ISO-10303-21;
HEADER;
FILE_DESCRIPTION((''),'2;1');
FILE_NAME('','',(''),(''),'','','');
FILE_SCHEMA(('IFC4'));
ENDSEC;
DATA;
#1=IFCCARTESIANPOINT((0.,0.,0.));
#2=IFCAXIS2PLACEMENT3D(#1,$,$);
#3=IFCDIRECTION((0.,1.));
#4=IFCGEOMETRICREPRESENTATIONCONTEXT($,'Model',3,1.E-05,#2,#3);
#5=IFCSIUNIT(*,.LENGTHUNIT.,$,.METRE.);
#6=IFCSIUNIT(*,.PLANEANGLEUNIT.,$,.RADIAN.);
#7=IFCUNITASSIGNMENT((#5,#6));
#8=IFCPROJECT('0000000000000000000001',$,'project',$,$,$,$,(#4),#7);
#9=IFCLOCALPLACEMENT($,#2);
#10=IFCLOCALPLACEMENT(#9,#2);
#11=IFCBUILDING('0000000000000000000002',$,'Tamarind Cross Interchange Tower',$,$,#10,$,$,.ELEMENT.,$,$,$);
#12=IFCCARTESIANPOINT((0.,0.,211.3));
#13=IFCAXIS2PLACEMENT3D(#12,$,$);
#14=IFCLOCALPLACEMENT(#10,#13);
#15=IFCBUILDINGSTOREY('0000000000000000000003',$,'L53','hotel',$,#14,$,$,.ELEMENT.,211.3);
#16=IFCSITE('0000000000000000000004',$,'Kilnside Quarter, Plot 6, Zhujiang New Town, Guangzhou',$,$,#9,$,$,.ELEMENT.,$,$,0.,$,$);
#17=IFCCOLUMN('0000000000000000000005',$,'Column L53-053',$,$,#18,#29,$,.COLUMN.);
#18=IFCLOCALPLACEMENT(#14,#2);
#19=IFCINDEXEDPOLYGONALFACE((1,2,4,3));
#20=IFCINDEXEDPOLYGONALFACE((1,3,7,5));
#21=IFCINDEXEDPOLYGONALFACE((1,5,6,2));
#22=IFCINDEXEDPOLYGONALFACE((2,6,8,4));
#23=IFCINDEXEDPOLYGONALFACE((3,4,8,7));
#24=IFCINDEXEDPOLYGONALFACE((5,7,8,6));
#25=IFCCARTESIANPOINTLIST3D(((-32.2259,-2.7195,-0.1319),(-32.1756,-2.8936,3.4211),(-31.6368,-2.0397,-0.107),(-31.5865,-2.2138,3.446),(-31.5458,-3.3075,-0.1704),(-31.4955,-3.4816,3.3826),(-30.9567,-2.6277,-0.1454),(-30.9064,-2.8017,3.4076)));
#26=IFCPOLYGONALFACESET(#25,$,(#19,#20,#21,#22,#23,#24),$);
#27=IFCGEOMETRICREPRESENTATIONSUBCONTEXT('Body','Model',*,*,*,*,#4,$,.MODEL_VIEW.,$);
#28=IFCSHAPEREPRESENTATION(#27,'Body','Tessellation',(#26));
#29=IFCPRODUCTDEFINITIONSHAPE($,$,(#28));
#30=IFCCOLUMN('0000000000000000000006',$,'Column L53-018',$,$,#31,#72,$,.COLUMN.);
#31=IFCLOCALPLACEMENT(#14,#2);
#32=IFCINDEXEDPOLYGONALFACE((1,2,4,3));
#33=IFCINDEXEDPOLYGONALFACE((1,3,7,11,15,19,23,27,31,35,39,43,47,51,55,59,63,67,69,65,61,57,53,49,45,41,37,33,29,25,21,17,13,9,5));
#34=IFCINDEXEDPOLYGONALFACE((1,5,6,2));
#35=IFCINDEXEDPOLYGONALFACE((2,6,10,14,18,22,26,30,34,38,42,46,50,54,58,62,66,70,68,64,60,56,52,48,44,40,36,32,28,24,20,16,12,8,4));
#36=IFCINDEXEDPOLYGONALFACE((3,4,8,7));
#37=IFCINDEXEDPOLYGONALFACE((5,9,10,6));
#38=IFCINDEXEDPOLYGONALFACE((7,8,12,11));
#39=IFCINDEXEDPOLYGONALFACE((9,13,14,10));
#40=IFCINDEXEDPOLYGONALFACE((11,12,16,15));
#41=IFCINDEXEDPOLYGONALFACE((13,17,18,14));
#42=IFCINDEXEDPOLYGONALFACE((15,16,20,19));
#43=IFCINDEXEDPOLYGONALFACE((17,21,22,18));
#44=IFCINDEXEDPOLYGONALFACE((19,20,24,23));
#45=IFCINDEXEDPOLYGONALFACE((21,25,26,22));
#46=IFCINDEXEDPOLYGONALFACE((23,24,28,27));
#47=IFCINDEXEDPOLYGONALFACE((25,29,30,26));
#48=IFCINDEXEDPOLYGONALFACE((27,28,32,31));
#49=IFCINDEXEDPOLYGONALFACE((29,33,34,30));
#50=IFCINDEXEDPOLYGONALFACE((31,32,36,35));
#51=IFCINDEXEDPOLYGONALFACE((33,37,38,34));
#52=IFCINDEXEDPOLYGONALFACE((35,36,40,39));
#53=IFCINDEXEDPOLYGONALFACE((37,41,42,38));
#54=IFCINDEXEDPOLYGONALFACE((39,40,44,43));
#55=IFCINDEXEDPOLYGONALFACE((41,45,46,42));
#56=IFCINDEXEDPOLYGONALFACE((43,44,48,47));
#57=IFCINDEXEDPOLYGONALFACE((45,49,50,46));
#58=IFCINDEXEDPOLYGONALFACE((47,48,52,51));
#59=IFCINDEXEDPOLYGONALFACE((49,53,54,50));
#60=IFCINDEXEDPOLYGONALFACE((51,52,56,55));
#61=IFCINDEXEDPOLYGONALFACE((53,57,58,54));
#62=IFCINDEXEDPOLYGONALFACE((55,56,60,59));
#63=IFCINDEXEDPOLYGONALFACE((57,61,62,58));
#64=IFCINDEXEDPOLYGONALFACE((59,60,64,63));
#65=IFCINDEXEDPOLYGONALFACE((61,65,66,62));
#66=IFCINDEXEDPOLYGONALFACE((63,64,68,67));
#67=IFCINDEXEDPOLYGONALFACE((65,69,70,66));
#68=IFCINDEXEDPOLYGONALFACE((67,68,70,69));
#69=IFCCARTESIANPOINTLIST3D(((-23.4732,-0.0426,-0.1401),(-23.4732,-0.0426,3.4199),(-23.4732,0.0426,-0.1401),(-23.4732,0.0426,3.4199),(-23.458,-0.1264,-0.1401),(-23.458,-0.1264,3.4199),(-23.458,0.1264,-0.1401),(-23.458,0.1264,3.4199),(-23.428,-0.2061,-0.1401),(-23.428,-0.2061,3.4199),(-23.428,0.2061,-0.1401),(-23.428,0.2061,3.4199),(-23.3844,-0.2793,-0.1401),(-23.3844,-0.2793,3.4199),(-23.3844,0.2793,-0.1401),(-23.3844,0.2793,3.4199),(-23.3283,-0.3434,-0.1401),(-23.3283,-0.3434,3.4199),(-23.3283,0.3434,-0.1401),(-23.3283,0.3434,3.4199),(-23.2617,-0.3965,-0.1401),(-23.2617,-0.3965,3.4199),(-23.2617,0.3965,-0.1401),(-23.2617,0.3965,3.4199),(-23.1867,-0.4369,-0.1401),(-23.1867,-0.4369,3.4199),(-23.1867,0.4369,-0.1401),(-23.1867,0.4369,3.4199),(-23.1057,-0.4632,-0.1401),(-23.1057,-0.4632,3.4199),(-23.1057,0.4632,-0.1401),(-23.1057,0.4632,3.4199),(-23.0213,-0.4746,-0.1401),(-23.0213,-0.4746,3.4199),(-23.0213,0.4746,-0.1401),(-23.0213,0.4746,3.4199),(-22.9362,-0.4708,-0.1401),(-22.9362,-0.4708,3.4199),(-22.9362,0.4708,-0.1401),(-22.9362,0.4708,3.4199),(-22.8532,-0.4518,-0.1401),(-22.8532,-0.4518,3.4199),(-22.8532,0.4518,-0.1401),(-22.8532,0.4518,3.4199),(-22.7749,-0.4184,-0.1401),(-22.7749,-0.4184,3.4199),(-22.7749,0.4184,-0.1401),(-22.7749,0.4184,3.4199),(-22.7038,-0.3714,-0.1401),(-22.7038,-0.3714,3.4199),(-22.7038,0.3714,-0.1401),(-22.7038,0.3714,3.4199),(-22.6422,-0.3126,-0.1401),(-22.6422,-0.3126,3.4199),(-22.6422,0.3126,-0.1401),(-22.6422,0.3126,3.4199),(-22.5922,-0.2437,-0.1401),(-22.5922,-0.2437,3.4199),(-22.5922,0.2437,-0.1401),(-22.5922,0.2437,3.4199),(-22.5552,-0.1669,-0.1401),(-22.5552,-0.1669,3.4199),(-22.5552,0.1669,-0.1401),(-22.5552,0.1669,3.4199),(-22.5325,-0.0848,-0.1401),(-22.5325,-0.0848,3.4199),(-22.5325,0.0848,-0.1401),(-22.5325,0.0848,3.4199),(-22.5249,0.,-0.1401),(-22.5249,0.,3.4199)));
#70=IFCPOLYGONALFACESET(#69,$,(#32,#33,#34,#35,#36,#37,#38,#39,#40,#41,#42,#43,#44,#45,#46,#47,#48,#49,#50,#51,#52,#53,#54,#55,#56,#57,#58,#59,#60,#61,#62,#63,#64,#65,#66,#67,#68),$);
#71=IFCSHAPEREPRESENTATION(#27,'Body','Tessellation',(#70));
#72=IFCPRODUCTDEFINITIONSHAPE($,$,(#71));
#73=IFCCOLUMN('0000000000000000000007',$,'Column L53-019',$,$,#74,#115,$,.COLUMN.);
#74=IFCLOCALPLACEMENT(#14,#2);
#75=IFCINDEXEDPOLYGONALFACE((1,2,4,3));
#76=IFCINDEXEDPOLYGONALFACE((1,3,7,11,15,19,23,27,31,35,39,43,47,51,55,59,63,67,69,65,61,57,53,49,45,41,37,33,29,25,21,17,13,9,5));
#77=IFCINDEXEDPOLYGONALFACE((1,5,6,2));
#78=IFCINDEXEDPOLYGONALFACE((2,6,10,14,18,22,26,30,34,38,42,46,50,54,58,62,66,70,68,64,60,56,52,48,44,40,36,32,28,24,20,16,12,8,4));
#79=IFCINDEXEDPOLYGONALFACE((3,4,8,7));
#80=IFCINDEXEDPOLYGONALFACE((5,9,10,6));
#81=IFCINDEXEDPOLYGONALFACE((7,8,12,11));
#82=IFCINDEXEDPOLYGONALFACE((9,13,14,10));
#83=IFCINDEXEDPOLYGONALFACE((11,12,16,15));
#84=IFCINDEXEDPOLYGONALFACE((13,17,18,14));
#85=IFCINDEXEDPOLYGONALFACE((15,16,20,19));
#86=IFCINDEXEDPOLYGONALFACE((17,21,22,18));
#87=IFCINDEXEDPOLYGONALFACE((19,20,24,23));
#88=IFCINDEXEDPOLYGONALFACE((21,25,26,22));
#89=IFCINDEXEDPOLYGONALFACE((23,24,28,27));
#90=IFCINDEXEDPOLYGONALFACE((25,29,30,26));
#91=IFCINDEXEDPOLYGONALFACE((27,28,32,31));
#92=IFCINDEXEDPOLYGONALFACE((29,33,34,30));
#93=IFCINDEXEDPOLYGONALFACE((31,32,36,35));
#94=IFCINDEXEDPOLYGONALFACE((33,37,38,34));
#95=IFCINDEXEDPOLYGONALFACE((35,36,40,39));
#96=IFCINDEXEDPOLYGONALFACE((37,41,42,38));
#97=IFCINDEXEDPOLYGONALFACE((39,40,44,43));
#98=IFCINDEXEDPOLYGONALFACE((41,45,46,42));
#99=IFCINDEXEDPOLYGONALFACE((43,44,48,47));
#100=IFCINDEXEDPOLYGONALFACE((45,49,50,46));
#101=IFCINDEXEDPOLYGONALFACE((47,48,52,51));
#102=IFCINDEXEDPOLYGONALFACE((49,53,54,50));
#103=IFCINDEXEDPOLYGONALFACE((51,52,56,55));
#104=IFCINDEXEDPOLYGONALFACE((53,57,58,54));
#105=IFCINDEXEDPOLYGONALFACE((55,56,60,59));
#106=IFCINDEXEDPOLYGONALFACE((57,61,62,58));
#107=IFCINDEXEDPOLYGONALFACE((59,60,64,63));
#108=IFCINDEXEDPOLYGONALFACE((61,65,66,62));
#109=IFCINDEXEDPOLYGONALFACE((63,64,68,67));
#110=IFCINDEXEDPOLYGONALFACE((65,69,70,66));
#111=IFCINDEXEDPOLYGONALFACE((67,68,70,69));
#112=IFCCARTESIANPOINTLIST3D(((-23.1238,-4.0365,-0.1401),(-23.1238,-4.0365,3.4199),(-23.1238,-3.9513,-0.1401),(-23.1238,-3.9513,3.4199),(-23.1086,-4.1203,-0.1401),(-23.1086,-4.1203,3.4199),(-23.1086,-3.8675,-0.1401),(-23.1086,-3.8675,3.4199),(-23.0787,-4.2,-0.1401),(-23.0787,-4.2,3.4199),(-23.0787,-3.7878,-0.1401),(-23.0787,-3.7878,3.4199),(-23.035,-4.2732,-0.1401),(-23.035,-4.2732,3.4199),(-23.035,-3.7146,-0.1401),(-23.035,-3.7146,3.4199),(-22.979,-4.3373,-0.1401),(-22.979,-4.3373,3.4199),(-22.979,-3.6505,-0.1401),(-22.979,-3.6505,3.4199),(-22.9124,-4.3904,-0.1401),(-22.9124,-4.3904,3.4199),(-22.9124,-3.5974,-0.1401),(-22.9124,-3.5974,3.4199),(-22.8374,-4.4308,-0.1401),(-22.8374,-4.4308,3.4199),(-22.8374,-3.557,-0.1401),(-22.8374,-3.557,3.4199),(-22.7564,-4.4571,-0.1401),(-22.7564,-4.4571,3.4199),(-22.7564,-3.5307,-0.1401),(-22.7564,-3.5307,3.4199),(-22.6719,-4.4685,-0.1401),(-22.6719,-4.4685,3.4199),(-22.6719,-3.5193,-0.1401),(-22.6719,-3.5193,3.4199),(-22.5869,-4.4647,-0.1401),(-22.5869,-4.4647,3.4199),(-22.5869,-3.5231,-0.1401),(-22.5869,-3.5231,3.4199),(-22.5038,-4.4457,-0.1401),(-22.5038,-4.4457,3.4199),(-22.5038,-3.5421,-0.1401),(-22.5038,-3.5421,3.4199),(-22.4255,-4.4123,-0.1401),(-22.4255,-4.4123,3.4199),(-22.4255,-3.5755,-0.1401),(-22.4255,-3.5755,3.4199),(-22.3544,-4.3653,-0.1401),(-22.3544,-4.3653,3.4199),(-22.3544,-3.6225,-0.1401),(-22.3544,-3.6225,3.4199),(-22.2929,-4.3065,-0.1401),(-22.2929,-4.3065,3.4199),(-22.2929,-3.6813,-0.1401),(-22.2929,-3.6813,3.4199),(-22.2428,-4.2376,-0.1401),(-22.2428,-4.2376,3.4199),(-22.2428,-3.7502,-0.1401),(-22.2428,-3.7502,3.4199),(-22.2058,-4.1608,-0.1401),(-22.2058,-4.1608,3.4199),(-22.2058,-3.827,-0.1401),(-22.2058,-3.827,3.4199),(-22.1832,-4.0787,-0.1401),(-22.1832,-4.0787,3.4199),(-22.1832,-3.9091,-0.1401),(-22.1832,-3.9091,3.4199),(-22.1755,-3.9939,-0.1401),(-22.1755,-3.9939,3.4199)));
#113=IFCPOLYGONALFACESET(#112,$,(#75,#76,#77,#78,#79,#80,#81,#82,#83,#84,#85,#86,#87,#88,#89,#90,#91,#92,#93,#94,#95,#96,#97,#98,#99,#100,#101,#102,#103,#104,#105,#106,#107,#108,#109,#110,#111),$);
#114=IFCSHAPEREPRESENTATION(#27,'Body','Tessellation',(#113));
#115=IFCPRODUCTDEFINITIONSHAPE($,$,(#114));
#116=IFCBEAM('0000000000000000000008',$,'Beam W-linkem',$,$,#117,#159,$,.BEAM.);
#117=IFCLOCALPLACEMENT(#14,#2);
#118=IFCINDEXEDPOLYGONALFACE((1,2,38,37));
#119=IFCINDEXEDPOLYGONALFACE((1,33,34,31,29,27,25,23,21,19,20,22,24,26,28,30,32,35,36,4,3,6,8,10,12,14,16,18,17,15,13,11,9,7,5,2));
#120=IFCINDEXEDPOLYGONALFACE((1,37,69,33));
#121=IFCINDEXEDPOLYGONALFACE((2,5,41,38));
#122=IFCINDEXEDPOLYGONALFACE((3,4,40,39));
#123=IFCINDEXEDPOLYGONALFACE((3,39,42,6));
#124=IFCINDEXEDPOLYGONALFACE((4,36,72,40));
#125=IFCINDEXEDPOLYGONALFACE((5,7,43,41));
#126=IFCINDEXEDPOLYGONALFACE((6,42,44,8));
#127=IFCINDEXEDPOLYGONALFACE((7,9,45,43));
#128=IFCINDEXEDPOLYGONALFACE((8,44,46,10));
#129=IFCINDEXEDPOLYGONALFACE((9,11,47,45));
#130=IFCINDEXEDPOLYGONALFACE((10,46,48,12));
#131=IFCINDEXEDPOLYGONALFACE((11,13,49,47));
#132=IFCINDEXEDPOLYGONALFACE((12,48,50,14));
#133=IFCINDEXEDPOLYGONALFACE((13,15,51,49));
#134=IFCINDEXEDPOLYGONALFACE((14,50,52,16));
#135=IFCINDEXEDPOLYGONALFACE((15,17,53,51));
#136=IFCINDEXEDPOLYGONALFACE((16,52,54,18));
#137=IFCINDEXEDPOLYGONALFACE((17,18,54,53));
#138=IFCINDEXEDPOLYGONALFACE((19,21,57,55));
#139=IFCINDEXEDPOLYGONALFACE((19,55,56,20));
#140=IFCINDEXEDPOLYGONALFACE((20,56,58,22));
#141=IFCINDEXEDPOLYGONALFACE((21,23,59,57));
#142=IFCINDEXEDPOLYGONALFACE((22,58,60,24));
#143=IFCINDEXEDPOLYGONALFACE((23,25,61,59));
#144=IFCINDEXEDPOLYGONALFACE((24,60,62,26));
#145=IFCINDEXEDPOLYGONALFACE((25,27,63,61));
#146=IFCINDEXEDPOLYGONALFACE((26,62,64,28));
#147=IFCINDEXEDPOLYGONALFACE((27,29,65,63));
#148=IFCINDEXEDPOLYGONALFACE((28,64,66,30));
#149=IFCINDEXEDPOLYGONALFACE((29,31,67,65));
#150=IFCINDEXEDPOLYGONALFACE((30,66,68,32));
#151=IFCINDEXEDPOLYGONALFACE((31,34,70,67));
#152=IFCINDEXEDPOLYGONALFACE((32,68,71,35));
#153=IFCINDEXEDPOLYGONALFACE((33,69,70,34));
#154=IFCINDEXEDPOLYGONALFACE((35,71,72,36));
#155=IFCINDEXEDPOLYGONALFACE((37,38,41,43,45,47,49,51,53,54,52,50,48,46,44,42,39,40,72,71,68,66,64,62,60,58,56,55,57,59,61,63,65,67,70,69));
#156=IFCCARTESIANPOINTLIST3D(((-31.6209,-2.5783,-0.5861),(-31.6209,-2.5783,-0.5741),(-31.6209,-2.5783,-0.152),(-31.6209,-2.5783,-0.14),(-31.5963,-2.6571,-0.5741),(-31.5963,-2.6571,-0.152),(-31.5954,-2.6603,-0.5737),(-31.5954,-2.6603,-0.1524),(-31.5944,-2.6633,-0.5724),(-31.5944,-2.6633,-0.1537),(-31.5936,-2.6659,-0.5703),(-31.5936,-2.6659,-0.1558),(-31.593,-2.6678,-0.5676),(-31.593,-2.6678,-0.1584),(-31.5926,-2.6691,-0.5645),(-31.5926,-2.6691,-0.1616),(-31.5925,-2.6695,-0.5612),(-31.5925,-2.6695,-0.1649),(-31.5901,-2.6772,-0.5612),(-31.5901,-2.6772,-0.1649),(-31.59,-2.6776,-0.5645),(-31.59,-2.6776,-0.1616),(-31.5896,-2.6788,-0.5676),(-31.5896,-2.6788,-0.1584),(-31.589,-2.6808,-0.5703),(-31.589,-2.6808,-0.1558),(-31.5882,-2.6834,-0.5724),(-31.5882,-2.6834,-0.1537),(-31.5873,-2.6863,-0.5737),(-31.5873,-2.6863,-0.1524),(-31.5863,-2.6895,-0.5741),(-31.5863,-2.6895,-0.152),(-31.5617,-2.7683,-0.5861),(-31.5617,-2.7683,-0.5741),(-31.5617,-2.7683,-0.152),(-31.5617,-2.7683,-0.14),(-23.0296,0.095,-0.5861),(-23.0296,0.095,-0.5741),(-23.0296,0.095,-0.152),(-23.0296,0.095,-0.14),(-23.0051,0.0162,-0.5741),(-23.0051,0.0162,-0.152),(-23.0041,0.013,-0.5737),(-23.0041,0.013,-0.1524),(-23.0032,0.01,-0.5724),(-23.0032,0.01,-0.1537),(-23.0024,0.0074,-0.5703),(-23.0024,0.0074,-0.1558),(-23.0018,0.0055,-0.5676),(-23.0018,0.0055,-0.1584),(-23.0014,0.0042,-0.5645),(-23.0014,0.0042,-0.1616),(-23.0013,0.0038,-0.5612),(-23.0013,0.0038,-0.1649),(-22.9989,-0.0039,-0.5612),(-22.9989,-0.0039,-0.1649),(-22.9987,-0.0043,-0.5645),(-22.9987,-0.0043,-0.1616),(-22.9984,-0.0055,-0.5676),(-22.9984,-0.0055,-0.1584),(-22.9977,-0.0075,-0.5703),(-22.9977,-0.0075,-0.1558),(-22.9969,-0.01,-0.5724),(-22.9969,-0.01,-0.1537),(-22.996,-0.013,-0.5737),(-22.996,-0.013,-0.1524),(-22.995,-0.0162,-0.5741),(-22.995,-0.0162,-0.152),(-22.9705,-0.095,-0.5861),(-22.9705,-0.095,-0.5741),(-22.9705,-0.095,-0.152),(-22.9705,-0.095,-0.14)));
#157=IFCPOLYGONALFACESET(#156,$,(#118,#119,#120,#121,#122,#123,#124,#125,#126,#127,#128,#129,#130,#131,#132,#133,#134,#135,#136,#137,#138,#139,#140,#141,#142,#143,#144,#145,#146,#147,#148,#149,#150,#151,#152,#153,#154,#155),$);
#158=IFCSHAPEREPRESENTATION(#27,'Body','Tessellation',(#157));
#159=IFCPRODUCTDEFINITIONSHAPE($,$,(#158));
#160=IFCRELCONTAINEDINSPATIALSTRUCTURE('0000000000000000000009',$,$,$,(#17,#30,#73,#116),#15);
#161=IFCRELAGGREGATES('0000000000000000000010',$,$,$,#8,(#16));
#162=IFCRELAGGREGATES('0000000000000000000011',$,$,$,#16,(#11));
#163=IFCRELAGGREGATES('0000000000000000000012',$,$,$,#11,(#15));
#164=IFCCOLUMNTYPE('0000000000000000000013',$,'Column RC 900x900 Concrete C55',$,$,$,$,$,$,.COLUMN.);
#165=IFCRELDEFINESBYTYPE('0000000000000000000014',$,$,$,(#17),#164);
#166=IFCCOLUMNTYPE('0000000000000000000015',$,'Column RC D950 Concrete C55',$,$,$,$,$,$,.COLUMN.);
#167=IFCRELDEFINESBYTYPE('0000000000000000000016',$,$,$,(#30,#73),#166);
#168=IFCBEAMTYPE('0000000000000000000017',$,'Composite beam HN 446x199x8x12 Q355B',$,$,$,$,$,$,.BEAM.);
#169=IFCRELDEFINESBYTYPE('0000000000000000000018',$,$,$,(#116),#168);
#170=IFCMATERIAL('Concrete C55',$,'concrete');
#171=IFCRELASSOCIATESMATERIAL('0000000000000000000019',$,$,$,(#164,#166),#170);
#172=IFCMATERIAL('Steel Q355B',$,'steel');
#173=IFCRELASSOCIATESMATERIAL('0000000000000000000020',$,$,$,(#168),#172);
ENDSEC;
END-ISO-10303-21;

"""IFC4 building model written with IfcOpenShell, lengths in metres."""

from ifc_helpers import new_model, si_unit, direction, frame, origin, origin_2d, place, context, subcontext, project, spatial, rectangle, circle, i_section, extrude, material, material_profile, profile_set, type_object, element, save


model = new_model("IFC4")

# Units and contexts
model_context = context("Model", 3, precision=1e-05, world=origin(), true_north=direction((0.0, 1.0)))
body_context = subcontext(model_context, "Body", "Model", "MODEL_VIEW")
ifc_project = project(units=[si_unit("LENGTHUNIT", "METRE"), si_unit("PLANEANGLEUNIT", "RADIAN")], contexts=[model_context])

# Site, building, storey
site_placement = place(None, origin())
site = spatial("IfcSite", under=ifc_project, at=site_placement, Name="Kilnside Quarter, Plot 6, Zhujiang New Town, Guangzhou", CompositionType="ELEMENT", RefElevation=0.0)
building_placement = place(site_placement, origin())
building = spatial("IfcBuilding", under=site, at=building_placement, Name="Tamarind Cross Interchange Tower", CompositionType="ELEMENT")
storey_placement = place(building_placement, frame((0.0, 0.0, 211.3)))
storey = spatial("IfcBuildingStorey", under=building, at=storey_placement, Name="L53", Description="hotel", CompositionType="ELEMENT", Elevation=211.3)

# Columns
ifc_material_1 = material(Name="Concrete C55", Category="concrete")
ifc_material_profile_1 = material_profile(ifc_material_1, rectangle(XDim=0.8999, YDim=0.8999, at=origin_2d()), Name="RC 900x900")
ifc_profile_set_1 = profile_set([ifc_material_profile_1], Name="Concrete C55")
column_type_1 = type_object("IfcColumnType", Name="Column RC 900x900 Concrete C55", PredefinedType="COLUMN", material=ifc_profile_set_1)
column_placement = place(storey_placement, frame((-31.5913, -2.6736, -0.1387), z_axis=(0.014137, -0.04893, 0.998702), x_axis=(0.654632, 0.755439, 0.027745)))
element("IfcColumn", 1, at=column_placement, inside=storey, type_object=column_type_1, Name="Column L53-053", PredefinedType="COLUMN", context=body_context, shape_type="SweptSolid", body=[
    extrude(rectangle(XDim=0.8999, YDim=0.8999, at=origin_2d()), origin(), (0.0, 0.0, 1.0), 3.5576),
])
ifc_material_profile_2 = material_profile(ifc_material_1, circle(Radius=0.4751, at=origin_2d()), Name="RC D950")
ifc_profile_set_2 = profile_set([ifc_material_profile_2], Name="Concrete C55")
column_type_2 = type_object("IfcColumnType", Name="Column RC D950 Concrete C55", PredefinedType="COLUMN", material=ifc_profile_set_2)
for number, where, z_axis, x_axis, name in (
    (2, (-23.0, 0.0, -0.1401), (0.0, 0.0, 1.0), (1.0, 0.0, 0.0), "Column L53-018"),
    (3, (-22.6506, -3.9939, -0.1401), (0.0, 0.0, 1.0), (1.0, 0.0, 0.0), "Column L53-019"),
):
    element("IfcColumn", number, at=place(storey_placement, frame(where, z_axis=z_axis, x_axis=x_axis)), inside=storey, type_object=column_type_2, Name=name, PredefinedType="COLUMN", context=body_context, shape_type="SweptSolid", body=[
        extrude(circle(Radius=0.4751, at=origin_2d()), origin(), (0.0, 0.0, 1.0), 3.5601),
    ])

# Beam
ifc_material_2 = material(Name="Steel Q355B", Category="steel")
ifc_material_profile_3 = material_profile(ifc_material_2, i_section(OverallWidth=0.199, OverallDepth=0.446, WebThickness=0.0081, FlangeThickness=0.012, FilletRadius=0.0129, at=origin_2d()), Name="HN 446x199x8x12")
ifc_profile_set_3 = profile_set([ifc_material_profile_3], Name="Steel Q355B")
beam_type_1 = type_object("IfcBeamType", Name="Composite beam HN 446x199x8x12 Q355B", PredefinedType="BEAM", material=ifc_profile_set_3)
beam_1_placement = place(storey_placement, frame((-31.5913, -2.6733, -0.363), z_axis=(0.954841, 0.297116, 0.0), x_axis=(-0.297116, 0.954841, 0.0)))
element("IfcBeam", 4, at=beam_1_placement, inside=storey, type_object=beam_type_1, Name="Beam W-linkem", PredefinedType="BEAM", context=body_context, shape_type="SweptSolid", body=[
    extrude(i_section(OverallWidth=0.199, OverallDepth=0.446, WebThickness=0.0081, FlangeThickness=0.012, FilletRadius=0.0129, at=origin_2d()), origin(), (0.0, 0.0, 1.0), 8.9976),
])

save(model, "model.ifc")
